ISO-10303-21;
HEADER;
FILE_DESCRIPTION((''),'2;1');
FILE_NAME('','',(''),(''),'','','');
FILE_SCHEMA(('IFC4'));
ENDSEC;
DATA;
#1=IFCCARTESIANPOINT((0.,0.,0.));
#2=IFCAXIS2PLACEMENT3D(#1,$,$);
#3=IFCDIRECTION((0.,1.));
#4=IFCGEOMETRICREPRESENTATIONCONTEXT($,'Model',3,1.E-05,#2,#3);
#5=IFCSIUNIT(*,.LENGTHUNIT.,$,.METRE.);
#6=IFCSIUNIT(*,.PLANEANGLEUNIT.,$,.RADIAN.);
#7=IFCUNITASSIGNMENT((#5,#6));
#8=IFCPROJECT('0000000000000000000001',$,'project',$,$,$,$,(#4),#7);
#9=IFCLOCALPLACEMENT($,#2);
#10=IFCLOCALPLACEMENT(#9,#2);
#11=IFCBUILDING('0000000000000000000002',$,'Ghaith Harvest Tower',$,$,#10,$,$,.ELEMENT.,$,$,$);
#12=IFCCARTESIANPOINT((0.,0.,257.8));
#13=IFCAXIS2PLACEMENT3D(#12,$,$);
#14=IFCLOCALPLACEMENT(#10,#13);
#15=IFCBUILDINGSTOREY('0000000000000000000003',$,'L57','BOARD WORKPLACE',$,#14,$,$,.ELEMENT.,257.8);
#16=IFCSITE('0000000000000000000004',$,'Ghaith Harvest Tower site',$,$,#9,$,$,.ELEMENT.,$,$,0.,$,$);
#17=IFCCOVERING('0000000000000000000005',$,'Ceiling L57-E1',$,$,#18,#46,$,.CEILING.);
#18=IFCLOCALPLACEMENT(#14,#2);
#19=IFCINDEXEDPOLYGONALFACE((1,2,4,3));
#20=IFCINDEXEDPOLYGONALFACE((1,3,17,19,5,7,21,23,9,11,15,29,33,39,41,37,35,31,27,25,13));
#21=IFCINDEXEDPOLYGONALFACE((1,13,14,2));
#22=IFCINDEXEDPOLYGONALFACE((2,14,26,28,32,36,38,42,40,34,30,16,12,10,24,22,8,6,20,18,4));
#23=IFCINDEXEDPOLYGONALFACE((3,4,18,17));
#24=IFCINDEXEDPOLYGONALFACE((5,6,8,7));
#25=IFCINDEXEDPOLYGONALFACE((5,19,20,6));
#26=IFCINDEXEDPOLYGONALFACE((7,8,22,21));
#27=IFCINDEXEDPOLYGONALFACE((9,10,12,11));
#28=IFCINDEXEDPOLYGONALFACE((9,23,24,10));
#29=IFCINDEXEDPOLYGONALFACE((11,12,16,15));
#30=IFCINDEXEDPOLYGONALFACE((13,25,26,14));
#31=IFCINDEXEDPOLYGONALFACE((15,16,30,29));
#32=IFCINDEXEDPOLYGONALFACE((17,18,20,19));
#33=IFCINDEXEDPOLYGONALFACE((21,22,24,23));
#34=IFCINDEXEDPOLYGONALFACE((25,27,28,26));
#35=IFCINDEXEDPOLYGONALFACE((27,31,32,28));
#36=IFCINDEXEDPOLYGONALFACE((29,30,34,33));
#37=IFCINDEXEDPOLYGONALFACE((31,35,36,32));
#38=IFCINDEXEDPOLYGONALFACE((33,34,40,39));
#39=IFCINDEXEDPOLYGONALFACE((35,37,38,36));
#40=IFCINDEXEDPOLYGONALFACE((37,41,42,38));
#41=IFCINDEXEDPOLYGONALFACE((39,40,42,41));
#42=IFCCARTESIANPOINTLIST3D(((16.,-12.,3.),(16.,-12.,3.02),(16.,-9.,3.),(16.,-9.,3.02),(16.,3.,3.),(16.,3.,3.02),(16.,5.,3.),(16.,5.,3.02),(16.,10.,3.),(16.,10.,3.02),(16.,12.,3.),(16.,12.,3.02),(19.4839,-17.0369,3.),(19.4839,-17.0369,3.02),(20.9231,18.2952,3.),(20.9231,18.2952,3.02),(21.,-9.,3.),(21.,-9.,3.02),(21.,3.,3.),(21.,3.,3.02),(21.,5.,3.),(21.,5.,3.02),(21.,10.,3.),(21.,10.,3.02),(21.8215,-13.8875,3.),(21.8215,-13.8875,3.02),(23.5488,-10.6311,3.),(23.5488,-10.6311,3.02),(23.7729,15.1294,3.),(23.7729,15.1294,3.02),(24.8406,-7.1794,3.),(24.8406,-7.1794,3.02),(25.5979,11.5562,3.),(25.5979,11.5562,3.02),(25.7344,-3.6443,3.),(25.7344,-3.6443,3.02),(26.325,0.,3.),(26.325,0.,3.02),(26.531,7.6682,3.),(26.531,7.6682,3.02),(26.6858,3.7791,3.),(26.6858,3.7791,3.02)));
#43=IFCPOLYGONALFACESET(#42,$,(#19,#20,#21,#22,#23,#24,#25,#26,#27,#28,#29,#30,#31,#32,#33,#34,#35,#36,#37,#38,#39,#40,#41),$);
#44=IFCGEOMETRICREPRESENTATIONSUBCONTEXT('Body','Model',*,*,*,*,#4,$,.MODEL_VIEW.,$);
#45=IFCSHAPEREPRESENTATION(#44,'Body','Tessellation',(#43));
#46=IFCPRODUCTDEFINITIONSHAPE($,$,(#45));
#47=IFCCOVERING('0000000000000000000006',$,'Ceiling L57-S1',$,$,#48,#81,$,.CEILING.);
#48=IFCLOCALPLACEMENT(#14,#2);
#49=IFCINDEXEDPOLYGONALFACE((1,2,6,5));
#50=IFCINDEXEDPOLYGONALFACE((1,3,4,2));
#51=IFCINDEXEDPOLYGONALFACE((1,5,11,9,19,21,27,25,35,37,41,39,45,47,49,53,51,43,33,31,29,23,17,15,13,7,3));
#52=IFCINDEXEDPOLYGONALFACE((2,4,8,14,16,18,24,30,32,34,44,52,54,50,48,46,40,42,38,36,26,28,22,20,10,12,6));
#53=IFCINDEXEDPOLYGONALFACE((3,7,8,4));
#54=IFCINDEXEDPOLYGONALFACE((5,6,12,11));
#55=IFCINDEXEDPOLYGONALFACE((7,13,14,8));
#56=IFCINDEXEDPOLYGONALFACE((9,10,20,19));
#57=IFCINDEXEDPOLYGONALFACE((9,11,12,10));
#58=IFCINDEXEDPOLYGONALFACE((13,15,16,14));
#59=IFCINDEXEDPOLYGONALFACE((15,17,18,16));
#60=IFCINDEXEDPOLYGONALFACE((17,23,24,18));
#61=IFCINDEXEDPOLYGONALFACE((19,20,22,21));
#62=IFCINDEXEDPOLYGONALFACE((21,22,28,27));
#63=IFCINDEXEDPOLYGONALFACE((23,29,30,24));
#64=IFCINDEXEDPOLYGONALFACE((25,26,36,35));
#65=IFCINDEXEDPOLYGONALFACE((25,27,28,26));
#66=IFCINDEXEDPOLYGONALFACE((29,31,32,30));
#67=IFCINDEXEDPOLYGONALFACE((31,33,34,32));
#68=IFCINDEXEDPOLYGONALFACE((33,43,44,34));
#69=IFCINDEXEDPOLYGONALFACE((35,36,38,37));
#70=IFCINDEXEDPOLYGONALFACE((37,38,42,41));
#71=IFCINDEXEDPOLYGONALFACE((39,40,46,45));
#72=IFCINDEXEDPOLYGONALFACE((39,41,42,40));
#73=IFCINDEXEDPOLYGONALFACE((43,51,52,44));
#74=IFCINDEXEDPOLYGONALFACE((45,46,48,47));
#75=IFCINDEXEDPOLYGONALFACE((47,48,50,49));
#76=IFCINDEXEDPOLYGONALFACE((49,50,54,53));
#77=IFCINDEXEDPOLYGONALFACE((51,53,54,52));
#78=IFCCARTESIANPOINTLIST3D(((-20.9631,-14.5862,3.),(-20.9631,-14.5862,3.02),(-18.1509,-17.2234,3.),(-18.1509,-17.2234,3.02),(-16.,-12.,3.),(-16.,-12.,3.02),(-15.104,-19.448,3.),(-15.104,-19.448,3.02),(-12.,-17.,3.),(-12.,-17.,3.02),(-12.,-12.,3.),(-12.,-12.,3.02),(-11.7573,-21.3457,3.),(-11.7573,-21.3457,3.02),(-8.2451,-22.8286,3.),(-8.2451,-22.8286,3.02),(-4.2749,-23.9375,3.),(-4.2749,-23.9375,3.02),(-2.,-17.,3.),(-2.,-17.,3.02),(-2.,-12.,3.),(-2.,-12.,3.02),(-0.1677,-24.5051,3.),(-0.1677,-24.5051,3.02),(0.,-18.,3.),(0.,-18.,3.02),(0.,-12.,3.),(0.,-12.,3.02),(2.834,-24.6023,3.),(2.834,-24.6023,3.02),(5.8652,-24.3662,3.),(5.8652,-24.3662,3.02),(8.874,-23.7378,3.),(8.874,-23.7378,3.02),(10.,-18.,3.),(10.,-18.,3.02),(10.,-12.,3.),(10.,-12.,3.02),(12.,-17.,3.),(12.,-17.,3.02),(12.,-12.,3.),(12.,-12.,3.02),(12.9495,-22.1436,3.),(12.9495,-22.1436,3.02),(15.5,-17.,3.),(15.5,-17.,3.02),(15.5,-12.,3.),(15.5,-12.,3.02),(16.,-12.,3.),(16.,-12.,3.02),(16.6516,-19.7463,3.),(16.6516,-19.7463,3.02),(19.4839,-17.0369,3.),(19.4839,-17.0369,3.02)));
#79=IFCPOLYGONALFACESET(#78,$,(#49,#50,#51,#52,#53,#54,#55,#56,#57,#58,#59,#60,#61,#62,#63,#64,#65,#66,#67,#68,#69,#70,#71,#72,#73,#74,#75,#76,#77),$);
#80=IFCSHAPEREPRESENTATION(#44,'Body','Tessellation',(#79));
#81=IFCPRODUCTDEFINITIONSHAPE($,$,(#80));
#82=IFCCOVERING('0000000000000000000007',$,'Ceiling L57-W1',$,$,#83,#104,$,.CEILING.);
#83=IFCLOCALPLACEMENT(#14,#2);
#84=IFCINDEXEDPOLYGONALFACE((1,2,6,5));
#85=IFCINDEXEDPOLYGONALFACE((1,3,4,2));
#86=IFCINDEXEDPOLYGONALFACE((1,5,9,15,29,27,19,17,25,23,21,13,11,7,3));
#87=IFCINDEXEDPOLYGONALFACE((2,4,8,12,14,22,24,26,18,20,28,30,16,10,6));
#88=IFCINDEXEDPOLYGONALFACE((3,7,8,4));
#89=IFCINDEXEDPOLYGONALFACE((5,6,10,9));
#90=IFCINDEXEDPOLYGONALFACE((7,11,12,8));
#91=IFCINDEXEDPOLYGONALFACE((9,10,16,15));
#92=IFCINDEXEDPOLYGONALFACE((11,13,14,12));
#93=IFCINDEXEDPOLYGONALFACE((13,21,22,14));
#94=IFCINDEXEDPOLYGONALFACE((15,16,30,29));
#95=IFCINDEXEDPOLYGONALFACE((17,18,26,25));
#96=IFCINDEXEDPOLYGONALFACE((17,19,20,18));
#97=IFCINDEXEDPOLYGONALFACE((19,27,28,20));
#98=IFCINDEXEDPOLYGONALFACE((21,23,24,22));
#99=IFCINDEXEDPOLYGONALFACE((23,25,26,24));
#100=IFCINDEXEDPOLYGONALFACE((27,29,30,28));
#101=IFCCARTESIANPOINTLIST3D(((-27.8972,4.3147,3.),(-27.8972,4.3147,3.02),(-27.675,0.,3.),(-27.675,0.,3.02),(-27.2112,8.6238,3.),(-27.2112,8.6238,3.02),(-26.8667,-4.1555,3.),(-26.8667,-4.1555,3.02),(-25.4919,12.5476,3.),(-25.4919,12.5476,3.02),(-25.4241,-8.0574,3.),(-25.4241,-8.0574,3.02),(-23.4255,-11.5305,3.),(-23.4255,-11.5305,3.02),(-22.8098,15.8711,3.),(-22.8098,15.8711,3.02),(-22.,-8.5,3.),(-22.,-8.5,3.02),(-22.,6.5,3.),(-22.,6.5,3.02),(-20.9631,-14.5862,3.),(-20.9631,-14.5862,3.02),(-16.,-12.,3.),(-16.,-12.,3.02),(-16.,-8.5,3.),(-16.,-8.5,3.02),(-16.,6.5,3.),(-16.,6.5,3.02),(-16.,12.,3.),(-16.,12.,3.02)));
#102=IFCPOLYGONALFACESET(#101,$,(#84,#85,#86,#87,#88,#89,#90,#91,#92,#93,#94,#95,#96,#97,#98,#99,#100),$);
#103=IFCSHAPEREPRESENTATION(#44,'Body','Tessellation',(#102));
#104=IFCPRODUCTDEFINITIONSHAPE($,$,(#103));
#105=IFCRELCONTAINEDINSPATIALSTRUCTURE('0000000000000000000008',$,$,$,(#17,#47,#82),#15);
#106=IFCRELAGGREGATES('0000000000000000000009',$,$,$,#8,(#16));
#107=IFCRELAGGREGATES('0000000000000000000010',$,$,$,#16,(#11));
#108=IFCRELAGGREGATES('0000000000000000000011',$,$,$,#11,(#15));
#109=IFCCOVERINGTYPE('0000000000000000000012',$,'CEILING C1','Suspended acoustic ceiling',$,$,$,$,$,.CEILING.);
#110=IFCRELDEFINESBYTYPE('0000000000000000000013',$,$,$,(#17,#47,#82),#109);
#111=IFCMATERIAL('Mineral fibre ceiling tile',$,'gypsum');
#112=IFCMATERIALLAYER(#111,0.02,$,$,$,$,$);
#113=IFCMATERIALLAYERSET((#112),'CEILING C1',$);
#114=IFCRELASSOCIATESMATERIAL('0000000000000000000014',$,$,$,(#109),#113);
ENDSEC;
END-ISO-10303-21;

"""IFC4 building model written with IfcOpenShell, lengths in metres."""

from ifc_helpers import new_model, si_unit, direction, frame, origin, place, context, subcontext, project, spatial, polyline, outline, extrude, material, layer, layer_set, type_object, element, save


model = new_model("IFC4")

# Units and contexts
model_context = context("Model", 3, precision=1e-05, world=origin(), true_north=direction((0.0, 1.0)))
body_context = subcontext(model_context, "Body", "Model", "MODEL_VIEW")
ifc_project = project(units=[si_unit("LENGTHUNIT", "METRE"), si_unit("PLANEANGLEUNIT", "RADIAN")], contexts=[model_context])

# Site, building, storey
site_placement = place(None, origin())
site = spatial("IfcSite", under=ifc_project, at=site_placement, Name="Ghaith Harvest Tower site", CompositionType="ELEMENT", RefElevation=0.0)
building_placement = place(site_placement, origin())
building = spatial("IfcBuilding", under=site, at=building_placement, Name="Ghaith Harvest Tower", CompositionType="ELEMENT")
storey_placement = place(building_placement, frame((0.0, 0.0, 257.8)))
storey = spatial("IfcBuildingStorey", under=building, at=storey_placement, Name="L57", Description="BOARD WORKPLACE", CompositionType="ELEMENT", Elevation=257.8)

# Coverings
ifc_material_1 = material(Name="Mineral fibre ceiling tile", Category="gypsum")
ifc_layer_1 = layer(ifc_material_1, 0.02)
ifc_layer_set_1 = layer_set([ifc_layer_1], Name="CEILING C1")
covering_type = type_object("IfcCoveringType", Name="CEILING C1", Description="Suspended acoustic ceiling", PredefinedType="CEILING", material=ifc_layer_set_1)
covering_1_placement = place(storey_placement, frame((0.0, 0.0, 3.0)))
element("IfcCovering", 1, at=covering_1_placement, inside=storey, type_object=covering_type, Name="Ceiling L57-E1", PredefinedType="CEILING", context=body_context, shape_type="SweptSolid", body=[
    extrude(outline(polyline([(23.7729, 15.1294), (25.5979, 11.5562), (26.531, 7.6682), (26.6858, 3.7791), (26.325, 0.0), (25.7344, -3.6443), (24.8406, -7.1794), (23.5488, -10.6311), (21.8215, -13.8875), (19.4839, -17.0369), (16.0, -12.0), (16.0, -9.0), (21.0, -9.0), (21.0, 3.0), (16.0, 3.0), (16.0, 5.0), (21.0, 5.0), (21.0, 10.0), (16.0, 10.0), (16.0, 12.0), (20.9231, 18.2952), (23.7729, 15.1294)])), origin(), (0.0, 0.0, 1.0), 0.02),
])
covering_2_placement = place(storey_placement, frame((0.0, 0.0, 3.0)))
element("IfcCovering", 2, at=covering_2_placement, inside=storey, type_object=covering_type, Name="Ceiling L57-S1", PredefinedType="CEILING", context=body_context, shape_type="SweptSolid", body=[
    extrude(outline(polyline([(-18.1509, -17.2234), (-20.9631, -14.5862), (-16.0, -12.0), (-12.0, -12.0), (-12.0, -17.0), (-2.0, -17.0), (-2.0, -12.0), (0.0, -12.0), (0.0, -18.0), (10.0, -18.0), (10.0, -12.0), (12.0, -12.0), (12.0, -17.0), (15.5, -17.0), (15.5, -12.0), (16.0, -12.0), (19.4839, -17.0369), (16.6516, -19.7463), (12.9495, -22.1436), (8.874, -23.7378), (5.8652, -24.3662), (2.834, -24.6023), (-0.1677, -24.5051), (-4.2749, -23.9375), (-8.2451, -22.8286), (-11.7573, -21.3457), (-15.104, -19.448), (-18.1509, -17.2234)])), origin(), (0.0, 0.0, 1.0), 0.02),
])
covering_3_placement = place(storey_placement, frame((0.0, 0.0, 3.0)))
element("IfcCovering", 3, at=covering_3_placement, inside=storey, type_object=covering_type, Name="Ceiling L57-W1", PredefinedType="CEILING", context=body_context, shape_type="SweptSolid", body=[
    extrude(outline(polyline([(-23.4255, -11.5305), (-25.4241, -8.0574), (-26.8667, -4.1555), (-27.675, 0.0), (-27.8972, 4.3147), (-27.2112, 8.6238), (-25.4919, 12.5476), (-22.8098, 15.8711), (-16.0, 12.0), (-16.0, 6.5), (-22.0, 6.5), (-22.0, -8.5), (-16.0, -8.5), (-16.0, -12.0), (-20.9631, -14.5862), (-23.4255, -11.5305)])), origin(), (0.0, 0.0, 1.0), 0.02),
])

save(model, "model.ifc")
